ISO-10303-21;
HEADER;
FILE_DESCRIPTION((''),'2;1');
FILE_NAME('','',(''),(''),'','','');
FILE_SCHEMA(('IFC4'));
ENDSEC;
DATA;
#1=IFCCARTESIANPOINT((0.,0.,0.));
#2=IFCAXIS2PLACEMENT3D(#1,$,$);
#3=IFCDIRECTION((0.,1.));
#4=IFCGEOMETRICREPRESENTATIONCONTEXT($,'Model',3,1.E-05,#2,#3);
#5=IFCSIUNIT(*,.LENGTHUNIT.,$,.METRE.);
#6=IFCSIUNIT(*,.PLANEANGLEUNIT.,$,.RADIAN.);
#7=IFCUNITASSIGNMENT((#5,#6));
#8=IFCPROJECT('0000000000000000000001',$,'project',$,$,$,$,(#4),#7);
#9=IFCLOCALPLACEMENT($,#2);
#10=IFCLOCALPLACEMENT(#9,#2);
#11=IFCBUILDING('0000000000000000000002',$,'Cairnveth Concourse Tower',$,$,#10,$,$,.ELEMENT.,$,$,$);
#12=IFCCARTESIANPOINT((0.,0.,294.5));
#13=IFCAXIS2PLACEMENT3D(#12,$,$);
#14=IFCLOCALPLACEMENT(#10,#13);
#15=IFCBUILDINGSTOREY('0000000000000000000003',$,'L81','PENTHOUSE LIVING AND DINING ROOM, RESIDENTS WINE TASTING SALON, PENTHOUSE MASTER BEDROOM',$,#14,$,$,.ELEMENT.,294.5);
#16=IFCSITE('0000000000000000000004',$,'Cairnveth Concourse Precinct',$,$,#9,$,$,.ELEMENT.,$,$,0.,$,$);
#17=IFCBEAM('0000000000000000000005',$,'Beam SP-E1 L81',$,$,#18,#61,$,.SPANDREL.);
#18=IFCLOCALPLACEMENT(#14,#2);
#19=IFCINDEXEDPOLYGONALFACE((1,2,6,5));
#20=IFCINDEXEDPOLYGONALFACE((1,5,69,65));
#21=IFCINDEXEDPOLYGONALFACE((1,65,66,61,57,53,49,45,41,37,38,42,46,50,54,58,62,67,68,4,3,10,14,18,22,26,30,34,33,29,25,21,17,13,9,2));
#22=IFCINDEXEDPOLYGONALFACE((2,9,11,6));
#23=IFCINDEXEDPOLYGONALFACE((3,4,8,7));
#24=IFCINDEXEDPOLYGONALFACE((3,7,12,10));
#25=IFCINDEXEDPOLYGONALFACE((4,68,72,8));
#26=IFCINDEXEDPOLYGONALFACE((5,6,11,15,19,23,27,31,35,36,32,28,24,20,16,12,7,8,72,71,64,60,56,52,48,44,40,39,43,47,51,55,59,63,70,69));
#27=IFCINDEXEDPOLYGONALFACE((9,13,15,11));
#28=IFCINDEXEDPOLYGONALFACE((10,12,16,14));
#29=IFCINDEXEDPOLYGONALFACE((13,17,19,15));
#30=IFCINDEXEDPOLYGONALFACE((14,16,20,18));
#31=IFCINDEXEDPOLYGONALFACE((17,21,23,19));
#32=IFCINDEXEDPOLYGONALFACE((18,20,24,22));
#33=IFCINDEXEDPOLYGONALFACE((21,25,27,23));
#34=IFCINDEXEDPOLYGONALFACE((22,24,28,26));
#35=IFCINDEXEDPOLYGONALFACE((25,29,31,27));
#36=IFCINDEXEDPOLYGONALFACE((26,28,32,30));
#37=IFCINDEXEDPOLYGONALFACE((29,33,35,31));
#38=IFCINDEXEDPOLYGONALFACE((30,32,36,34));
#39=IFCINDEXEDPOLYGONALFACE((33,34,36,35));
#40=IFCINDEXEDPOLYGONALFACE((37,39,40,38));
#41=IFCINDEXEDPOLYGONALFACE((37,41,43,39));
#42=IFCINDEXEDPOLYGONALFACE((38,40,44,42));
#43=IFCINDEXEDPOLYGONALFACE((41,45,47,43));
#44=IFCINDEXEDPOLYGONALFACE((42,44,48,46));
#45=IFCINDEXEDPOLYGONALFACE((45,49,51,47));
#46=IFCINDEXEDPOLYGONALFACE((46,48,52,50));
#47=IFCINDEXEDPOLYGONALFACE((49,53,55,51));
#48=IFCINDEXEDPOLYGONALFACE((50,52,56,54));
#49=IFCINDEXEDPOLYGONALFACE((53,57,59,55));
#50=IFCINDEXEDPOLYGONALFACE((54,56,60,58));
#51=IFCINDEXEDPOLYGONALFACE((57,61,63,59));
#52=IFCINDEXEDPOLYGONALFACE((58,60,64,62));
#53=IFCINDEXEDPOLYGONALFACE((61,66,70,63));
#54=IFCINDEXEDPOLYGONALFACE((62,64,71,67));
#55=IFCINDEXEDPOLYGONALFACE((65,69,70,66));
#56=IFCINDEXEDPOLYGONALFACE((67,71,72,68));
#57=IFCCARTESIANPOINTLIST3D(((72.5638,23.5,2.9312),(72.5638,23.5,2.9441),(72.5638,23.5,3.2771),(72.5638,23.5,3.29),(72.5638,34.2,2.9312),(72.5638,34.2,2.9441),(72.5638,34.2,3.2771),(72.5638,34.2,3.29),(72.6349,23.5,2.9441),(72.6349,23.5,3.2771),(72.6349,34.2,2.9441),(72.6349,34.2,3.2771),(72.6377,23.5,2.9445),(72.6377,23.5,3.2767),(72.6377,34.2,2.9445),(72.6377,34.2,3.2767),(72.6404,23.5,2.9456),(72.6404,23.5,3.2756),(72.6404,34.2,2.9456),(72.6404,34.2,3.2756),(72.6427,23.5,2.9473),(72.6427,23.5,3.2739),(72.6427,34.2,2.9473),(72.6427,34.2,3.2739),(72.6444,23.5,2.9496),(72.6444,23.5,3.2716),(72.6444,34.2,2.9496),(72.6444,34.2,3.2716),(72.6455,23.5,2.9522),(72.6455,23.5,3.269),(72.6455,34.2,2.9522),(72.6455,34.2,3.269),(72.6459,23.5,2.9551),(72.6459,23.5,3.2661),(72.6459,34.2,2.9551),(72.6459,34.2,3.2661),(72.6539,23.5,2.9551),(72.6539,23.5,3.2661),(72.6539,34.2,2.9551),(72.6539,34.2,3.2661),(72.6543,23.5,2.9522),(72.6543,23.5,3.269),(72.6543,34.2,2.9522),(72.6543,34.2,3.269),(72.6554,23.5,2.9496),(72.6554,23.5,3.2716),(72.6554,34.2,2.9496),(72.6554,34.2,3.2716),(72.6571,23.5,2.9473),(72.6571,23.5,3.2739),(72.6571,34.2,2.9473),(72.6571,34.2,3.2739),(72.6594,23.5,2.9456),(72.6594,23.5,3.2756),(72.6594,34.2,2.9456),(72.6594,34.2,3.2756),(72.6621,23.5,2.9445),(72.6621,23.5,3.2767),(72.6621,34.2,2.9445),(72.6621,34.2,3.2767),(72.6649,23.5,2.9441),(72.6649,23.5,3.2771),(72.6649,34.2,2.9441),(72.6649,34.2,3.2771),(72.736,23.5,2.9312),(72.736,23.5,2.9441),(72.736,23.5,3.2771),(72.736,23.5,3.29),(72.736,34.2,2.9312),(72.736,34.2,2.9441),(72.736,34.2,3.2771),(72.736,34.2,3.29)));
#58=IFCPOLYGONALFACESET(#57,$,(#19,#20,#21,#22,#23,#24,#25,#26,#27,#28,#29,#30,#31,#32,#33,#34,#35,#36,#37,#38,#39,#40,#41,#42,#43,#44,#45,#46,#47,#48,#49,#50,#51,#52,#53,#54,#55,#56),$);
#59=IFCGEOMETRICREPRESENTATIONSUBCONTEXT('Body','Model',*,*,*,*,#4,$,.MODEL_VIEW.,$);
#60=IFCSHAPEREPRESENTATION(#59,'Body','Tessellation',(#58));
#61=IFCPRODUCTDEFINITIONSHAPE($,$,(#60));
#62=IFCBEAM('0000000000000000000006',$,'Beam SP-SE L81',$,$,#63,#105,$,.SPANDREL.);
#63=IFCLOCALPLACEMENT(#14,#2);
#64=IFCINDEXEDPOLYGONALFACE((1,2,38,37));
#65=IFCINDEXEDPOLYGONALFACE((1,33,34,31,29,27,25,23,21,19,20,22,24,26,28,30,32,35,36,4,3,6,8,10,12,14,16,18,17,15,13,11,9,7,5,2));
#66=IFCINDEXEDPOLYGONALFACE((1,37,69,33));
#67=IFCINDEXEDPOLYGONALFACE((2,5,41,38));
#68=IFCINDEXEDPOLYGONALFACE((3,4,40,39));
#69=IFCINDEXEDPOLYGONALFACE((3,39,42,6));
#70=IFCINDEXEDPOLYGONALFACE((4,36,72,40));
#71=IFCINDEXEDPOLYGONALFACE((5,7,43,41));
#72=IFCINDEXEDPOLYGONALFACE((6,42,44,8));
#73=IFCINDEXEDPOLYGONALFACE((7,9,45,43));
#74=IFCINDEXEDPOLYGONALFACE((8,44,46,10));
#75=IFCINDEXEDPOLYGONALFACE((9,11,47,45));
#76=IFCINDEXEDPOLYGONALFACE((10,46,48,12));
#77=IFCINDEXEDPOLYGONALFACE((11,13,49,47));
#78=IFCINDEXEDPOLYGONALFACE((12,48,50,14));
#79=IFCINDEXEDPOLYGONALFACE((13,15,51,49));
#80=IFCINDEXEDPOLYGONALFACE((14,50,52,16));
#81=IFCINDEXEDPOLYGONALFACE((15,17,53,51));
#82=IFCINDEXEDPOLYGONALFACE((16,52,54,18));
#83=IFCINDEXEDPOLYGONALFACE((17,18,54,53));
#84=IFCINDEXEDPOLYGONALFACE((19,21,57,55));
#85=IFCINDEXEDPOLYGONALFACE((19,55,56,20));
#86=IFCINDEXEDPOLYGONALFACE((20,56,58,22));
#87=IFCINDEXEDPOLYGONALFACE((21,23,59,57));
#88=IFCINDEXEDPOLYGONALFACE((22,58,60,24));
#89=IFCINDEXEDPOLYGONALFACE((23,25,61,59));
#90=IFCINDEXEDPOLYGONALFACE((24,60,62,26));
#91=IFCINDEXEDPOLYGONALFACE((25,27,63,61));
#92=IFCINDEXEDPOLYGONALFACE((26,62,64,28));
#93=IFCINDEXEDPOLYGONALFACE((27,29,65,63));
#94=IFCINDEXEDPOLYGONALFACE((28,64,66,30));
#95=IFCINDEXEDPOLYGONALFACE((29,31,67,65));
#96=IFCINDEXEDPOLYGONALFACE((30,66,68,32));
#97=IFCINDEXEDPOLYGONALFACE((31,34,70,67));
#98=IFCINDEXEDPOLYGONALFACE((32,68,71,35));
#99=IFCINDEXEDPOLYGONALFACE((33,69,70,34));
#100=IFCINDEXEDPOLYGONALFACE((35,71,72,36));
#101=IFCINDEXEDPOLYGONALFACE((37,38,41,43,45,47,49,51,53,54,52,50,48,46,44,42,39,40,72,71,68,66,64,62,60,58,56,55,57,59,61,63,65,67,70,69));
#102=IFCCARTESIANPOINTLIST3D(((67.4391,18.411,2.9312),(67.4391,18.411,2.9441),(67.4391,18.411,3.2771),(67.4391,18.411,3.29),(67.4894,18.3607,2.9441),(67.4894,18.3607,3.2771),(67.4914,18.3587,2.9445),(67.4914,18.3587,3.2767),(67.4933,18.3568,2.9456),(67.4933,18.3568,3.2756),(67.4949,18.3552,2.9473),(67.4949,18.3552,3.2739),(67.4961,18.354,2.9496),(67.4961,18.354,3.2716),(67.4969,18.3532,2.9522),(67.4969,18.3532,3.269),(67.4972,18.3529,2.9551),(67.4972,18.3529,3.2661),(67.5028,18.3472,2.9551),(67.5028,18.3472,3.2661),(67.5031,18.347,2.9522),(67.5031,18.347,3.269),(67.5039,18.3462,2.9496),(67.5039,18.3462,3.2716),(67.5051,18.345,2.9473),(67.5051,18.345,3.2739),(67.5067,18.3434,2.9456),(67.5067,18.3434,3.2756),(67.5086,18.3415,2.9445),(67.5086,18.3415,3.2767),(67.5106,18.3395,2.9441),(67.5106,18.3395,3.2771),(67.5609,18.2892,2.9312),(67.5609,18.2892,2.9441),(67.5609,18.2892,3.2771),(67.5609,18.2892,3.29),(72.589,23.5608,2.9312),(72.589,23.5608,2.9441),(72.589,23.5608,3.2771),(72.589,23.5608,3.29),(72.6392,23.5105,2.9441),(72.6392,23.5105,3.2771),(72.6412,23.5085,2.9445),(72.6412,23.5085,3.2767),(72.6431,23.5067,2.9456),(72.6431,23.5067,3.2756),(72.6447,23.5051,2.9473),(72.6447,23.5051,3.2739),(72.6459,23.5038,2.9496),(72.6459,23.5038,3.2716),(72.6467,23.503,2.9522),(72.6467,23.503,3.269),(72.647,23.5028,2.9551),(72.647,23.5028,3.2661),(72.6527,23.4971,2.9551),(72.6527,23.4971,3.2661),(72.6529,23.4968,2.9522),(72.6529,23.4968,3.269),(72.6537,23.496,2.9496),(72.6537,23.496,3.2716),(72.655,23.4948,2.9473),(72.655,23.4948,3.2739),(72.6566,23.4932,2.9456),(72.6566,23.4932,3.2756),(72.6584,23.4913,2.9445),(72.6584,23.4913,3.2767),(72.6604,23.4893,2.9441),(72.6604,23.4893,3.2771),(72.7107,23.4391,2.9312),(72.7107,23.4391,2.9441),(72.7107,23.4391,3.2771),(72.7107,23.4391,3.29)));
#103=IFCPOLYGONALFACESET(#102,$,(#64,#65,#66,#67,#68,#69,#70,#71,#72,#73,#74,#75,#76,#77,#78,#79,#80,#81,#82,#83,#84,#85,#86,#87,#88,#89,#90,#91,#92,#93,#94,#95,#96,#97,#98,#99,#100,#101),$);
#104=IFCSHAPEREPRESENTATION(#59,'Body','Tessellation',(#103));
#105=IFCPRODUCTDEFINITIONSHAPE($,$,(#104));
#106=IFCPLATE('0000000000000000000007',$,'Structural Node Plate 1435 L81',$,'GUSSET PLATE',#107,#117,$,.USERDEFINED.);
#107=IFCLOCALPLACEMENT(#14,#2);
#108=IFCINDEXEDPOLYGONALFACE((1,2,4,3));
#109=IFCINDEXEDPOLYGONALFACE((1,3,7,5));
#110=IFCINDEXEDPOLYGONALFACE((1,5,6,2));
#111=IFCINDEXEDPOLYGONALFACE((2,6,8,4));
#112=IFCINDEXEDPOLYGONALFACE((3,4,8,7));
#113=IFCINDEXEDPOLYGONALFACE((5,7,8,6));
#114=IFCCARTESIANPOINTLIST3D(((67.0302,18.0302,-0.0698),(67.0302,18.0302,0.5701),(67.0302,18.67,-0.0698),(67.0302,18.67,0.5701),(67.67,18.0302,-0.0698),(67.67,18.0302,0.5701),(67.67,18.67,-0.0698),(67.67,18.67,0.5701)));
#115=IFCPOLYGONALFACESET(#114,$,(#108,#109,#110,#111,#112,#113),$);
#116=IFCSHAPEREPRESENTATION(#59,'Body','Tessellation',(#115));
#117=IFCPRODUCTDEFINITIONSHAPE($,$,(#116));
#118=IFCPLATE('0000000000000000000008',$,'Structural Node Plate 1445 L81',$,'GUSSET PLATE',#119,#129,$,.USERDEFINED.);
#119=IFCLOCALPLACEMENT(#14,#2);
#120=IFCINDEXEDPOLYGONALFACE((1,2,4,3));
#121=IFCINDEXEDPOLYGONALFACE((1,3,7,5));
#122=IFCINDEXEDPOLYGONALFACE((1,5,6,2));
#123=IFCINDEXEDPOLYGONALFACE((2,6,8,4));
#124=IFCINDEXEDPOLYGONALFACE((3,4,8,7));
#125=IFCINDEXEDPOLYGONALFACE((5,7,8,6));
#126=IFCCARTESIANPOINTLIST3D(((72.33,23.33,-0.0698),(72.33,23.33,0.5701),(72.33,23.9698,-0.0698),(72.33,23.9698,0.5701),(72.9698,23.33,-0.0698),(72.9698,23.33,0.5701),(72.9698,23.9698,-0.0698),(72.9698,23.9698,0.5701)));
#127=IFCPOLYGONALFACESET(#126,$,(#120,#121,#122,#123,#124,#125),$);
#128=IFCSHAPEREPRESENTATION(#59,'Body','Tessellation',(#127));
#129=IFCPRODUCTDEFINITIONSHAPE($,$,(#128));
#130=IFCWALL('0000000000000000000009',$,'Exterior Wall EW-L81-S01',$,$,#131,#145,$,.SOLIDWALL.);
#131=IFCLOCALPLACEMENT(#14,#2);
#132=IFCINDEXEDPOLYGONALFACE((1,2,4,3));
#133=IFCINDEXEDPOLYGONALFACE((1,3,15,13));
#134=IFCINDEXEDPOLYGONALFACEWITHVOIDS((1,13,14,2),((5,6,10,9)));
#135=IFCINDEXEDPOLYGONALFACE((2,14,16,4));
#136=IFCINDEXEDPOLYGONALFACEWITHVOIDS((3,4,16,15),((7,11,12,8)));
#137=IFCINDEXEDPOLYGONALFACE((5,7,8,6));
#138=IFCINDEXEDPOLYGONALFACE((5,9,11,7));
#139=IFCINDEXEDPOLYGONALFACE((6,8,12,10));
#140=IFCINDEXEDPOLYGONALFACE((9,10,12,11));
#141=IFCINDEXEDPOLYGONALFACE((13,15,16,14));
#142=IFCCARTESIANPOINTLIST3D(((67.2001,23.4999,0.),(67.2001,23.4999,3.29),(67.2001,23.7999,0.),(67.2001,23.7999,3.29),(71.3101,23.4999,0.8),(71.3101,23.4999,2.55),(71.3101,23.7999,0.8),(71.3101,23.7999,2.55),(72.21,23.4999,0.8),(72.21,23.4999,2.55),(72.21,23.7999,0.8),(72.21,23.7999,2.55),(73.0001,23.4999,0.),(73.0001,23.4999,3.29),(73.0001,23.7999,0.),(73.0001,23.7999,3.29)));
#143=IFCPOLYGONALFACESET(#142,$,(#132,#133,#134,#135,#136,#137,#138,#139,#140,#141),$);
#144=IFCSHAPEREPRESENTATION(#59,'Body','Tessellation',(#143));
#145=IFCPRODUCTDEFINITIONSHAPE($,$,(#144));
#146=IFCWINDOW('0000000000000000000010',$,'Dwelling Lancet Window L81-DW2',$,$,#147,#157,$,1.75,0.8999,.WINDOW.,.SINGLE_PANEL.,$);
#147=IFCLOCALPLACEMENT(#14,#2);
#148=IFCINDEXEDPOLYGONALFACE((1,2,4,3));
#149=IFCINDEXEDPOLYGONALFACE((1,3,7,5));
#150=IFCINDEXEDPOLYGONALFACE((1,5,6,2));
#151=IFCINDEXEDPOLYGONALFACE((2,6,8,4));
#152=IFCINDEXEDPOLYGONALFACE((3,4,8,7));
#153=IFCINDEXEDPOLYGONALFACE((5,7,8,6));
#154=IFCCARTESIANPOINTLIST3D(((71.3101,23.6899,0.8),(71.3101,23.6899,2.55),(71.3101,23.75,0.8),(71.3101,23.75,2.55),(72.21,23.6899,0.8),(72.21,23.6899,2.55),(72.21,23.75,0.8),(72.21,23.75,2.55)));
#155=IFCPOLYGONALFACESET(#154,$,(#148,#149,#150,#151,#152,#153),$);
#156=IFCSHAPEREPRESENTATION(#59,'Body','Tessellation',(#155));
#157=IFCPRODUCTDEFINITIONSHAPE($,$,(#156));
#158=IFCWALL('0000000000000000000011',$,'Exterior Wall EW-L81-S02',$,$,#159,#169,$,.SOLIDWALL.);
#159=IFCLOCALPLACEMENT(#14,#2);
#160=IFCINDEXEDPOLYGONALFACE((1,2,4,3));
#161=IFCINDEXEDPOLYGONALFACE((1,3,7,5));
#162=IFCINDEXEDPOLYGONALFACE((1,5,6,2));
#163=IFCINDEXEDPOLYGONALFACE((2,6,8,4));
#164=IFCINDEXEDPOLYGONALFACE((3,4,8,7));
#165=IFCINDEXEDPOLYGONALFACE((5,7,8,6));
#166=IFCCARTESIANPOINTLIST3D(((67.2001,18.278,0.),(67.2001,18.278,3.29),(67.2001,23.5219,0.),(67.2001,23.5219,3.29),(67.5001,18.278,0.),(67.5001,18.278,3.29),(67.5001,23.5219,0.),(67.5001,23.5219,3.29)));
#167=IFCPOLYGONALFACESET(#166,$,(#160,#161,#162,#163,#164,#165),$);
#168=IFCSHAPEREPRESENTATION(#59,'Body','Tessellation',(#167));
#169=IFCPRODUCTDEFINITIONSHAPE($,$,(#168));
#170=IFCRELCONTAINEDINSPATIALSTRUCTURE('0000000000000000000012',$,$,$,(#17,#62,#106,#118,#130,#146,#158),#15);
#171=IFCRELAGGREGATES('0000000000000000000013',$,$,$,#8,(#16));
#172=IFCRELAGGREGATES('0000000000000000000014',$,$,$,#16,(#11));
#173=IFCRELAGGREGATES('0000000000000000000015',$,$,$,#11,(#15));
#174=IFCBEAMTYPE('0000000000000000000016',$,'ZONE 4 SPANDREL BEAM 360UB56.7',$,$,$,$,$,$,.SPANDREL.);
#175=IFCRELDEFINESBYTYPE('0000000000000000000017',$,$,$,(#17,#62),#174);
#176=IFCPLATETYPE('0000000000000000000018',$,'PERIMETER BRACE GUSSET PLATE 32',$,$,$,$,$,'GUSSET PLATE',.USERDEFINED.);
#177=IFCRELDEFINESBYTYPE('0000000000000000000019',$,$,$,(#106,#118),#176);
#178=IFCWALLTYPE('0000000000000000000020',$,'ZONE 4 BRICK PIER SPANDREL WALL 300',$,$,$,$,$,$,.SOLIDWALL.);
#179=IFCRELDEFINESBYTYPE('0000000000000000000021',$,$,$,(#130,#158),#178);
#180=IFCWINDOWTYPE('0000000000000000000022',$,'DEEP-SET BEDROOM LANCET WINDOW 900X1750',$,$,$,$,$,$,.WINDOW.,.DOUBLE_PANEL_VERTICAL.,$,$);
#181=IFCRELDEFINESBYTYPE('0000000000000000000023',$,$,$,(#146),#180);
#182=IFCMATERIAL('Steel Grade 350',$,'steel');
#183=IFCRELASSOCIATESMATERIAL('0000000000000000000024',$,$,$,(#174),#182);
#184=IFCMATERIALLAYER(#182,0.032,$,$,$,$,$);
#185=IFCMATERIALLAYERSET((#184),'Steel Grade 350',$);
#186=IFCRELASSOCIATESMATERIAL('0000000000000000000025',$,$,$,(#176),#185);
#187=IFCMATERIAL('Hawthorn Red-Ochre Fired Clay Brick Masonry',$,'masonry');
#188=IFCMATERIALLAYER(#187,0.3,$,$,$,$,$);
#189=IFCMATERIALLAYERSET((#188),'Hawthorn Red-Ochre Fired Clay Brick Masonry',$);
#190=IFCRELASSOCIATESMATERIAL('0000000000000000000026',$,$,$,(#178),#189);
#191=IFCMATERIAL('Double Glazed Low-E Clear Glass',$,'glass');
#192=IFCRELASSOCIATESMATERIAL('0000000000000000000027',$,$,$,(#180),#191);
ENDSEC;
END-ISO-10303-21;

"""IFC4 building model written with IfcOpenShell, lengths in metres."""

from ifc_helpers import new_model, si_unit, direction, frame, frame_2d, origin, origin_2d, place, context, subcontext, project, spatial, rectangle, i_section, extrude, material, layer, layer_set, material_profile, profile_set, type_object, element, fill, save


model = new_model("IFC4")

# Units and contexts
model_context = context("Model", 3, precision=1e-05, world=origin(), true_north=direction((0.0, 1.0)))
body_context = subcontext(model_context, "Body", "Model", "MODEL_VIEW")
ifc_project = project(units=[si_unit("LENGTHUNIT", "METRE"), si_unit("PLANEANGLEUNIT", "RADIAN")], contexts=[model_context])

# Site, building, storey
site_placement = place(None, origin())
site = spatial("IfcSite", under=ifc_project, at=site_placement, Name="Cairnveth Concourse Precinct", CompositionType="ELEMENT", RefElevation=0.0)
building_placement = place(site_placement, origin())
building = spatial("IfcBuilding", under=site, at=building_placement, Name="Cairnveth Concourse Tower", CompositionType="ELEMENT")
storey_placement = place(building_placement, frame((0.0, 0.0, 294.5)))
storey = spatial("IfcBuildingStorey", under=building, at=storey_placement, Name="L81", Description="PENTHOUSE LIVING AND DINING ROOM, RESIDENTS WINE TASTING SALON, PENTHOUSE MASTER BEDROOM", CompositionType="ELEMENT", Elevation=294.5)

# Shared definitions
ifc_material_1 = material(Name="Steel Grade 350", Category="steel")

# Beams
ifc_material_profile_1 = material_profile(ifc_material_1, i_section(OverallWidth=0.1721, OverallDepth=0.3589, WebThickness=0.0081, FlangeThickness=0.0129, FilletRadius=0.011, at=origin_2d()), Name="360UB56.7")
ifc_profile_set_1 = profile_set([ifc_material_profile_1], Name="Steel Grade 350")
beam_type_1 = type_object("IfcBeamType", Name="ZONE 4 SPANDREL BEAM 360UB56.7", PredefinedType="SPANDREL", material=ifc_profile_set_1)
beam_1_placement = place(storey_placement, frame((72.6499, 23.5, 3.1106), z_axis=(0.0, 1.0, 0.0), x_axis=(-1.0, 0.0, 0.0)))
element("IfcBeam", 1, at=beam_1_placement, inside=storey, type_object=beam_type_1, Name="Beam SP-E1 L81", PredefinedType="SPANDREL", context=body_context, shape_type="SweptSolid", body=[
    extrude(i_section(OverallWidth=0.1721, OverallDepth=0.3589, WebThickness=0.0081, FlangeThickness=0.0129, FilletRadius=0.011, at=origin_2d()), origin(), (0.0, 0.0, 1.0), 10.7),
])
beam_2_placement = place(storey_placement, frame((67.5, 18.3501, 3.1106), z_axis=(0.707107, 0.707107, 0.0), x_axis=(-0.707107, 0.707107, 0.0)))
element("IfcBeam", 2, at=beam_2_placement, inside=storey, type_object=beam_type_1, Name="Beam SP-SE L81", PredefinedType="SPANDREL", context=body_context, shape_type="SweptSolid", body=[
    extrude(i_section(OverallWidth=0.1721, OverallDepth=0.3589, WebThickness=0.0081, FlangeThickness=0.0129, FilletRadius=0.011, at=origin_2d()), origin(), (0.0, 0.0, 1.0), 7.283),
])

# Plates
ifc_layer_1 = layer(ifc_material_1, 0.032)
ifc_layer_set_1 = layer_set([ifc_layer_1], Name="Steel Grade 350")
plate_type = type_object("IfcPlateType", Name="PERIMETER BRACE GUSSET PLATE 32", ElementType="GUSSET PLATE", PredefinedType="USERDEFINED", material=ifc_layer_set_1)
for number, where, z_axis, x_axis, name in (
    (3, (67.3501, 18.3501, -0.0698), (0.0, 0.0, 1.0), (1.0, 0.0, 0.0), "Structural Node Plate 1435 L81"),
    (4, (72.6499, 23.6499, -0.0698), (0.0, 0.0, 1.0), (1.0, 0.0, 0.0), "Structural Node Plate 1445 L81"),
):
    element("IfcPlate", number, at=place(storey_placement, frame(where, z_axis=z_axis, x_axis=x_axis)), inside=storey, type_object=plate_type, Name=name, ObjectType="GUSSET PLATE", PredefinedType="USERDEFINED", context=body_context, shape_type="SweptSolid", body=[
        extrude(rectangle(XDim=0.6399, YDim=0.6399, at=origin_2d()), origin(), (0.0, 0.0, 1.0), 0.6399),
    ])

# Wall, opening, window
ifc_material_2 = material(Name="Hawthorn Red-Ochre Fired Clay Brick Masonry", Category="masonry")
ifc_layer_2 = layer(ifc_material_2, 0.3)
ifc_layer_set_2 = layer_set([ifc_layer_2], Name="Hawthorn Red-Ochre Fired Clay Brick Masonry")
wall_type = type_object("IfcWallType", Name="ZONE 4 BRICK PIER SPANDREL WALL 300", PredefinedType="SOLIDWALL", material=ifc_layer_set_2)
wall_1_placement = place(storey_placement, frame((73.0, 23.6499, 0.0), z_axis=(0.0, 0.0, 1.0), x_axis=(-1.0, 0.0, 0.0)))
wall_1 = element("IfcWall", 5, at=wall_1_placement, inside=storey, type_object=wall_type, Name="Exterior Wall EW-L81-S01", PredefinedType="SOLIDWALL", context=body_context, shape_type="SweptSolid", body=[
    extrude(rectangle(XDim=5.8, YDim=0.3, at=frame_2d((2.8999, 0.0))), origin(), (0.0, 0.0, 1.0), 3.29),
])
opening_1_placement = place(wall_1_placement, frame((0.79, 0.0, 0.8)))
opening_1 = element("IfcOpeningElement", 6, at=opening_1_placement, cuts=wall_1, PredefinedType="OPENING", context=body_context, shape_type="SweptSolid", body=[
    extrude(rectangle(XDim=0.8999, YDim=1.75, at=frame_2d((0.45, 0.875))), frame((0.0, 0.1599, 0.0), z_axis=(0.0, -1.0, 0.0), x_axis=(1.0, 0.0, 0.0)), (0.0, 0.0, 1.0), 0.3201),
])
ifc_material_3 = material(Name="Double Glazed Low-E Clear Glass", Category="glass")
window_type_1 = type_object("IfcWindowType", Name="DEEP-SET BEDROOM LANCET WINDOW 900X1750", PartitioningType="DOUBLE_PANEL_VERTICAL", PredefinedType="WINDOW", material=ifc_material_3)
window_1_placement = place(opening_1_placement, origin())
window_1 = element("IfcWindow", 7, at=window_1_placement, inside=storey, type_object=window_type_1, Name="Dwelling Lancet Window L81-DW2", OverallHeight=1.75, OverallWidth=0.8999, PartitioningType="SINGLE_PANEL", PredefinedType="WINDOW", context=body_context, shape_type="SweptSolid", body=[
    extrude(rectangle(XDim=0.8999, YDim=1.75, at=frame_2d((0.45, 0.875))), frame((0.0, -0.04, 0.0), z_axis=(0.0, -1.0, 0.0), x_axis=(1.0, 0.0, 0.0)), (0.0, 0.0, 1.0), 0.0601),
])
fill(opening_1, window_1)

# Wall
wall_2_placement = place(storey_placement, frame((67.3501, 23.522, 0.0), z_axis=(0.0, 0.0, 1.0), x_axis=(0.0, -1.0, 0.0)))
element("IfcWall", 8, at=wall_2_placement, inside=storey, type_object=wall_type, Name="Exterior Wall EW-L81-S02", PredefinedType="SOLIDWALL", context=body_context, shape_type="SweptSolid", body=[
    extrude(rectangle(XDim=5.2439, YDim=0.3, at=frame_2d((2.6221, 0.0))), origin(), (0.0, 0.0, 1.0), 3.29),
])

save(model, "model.ifc")
